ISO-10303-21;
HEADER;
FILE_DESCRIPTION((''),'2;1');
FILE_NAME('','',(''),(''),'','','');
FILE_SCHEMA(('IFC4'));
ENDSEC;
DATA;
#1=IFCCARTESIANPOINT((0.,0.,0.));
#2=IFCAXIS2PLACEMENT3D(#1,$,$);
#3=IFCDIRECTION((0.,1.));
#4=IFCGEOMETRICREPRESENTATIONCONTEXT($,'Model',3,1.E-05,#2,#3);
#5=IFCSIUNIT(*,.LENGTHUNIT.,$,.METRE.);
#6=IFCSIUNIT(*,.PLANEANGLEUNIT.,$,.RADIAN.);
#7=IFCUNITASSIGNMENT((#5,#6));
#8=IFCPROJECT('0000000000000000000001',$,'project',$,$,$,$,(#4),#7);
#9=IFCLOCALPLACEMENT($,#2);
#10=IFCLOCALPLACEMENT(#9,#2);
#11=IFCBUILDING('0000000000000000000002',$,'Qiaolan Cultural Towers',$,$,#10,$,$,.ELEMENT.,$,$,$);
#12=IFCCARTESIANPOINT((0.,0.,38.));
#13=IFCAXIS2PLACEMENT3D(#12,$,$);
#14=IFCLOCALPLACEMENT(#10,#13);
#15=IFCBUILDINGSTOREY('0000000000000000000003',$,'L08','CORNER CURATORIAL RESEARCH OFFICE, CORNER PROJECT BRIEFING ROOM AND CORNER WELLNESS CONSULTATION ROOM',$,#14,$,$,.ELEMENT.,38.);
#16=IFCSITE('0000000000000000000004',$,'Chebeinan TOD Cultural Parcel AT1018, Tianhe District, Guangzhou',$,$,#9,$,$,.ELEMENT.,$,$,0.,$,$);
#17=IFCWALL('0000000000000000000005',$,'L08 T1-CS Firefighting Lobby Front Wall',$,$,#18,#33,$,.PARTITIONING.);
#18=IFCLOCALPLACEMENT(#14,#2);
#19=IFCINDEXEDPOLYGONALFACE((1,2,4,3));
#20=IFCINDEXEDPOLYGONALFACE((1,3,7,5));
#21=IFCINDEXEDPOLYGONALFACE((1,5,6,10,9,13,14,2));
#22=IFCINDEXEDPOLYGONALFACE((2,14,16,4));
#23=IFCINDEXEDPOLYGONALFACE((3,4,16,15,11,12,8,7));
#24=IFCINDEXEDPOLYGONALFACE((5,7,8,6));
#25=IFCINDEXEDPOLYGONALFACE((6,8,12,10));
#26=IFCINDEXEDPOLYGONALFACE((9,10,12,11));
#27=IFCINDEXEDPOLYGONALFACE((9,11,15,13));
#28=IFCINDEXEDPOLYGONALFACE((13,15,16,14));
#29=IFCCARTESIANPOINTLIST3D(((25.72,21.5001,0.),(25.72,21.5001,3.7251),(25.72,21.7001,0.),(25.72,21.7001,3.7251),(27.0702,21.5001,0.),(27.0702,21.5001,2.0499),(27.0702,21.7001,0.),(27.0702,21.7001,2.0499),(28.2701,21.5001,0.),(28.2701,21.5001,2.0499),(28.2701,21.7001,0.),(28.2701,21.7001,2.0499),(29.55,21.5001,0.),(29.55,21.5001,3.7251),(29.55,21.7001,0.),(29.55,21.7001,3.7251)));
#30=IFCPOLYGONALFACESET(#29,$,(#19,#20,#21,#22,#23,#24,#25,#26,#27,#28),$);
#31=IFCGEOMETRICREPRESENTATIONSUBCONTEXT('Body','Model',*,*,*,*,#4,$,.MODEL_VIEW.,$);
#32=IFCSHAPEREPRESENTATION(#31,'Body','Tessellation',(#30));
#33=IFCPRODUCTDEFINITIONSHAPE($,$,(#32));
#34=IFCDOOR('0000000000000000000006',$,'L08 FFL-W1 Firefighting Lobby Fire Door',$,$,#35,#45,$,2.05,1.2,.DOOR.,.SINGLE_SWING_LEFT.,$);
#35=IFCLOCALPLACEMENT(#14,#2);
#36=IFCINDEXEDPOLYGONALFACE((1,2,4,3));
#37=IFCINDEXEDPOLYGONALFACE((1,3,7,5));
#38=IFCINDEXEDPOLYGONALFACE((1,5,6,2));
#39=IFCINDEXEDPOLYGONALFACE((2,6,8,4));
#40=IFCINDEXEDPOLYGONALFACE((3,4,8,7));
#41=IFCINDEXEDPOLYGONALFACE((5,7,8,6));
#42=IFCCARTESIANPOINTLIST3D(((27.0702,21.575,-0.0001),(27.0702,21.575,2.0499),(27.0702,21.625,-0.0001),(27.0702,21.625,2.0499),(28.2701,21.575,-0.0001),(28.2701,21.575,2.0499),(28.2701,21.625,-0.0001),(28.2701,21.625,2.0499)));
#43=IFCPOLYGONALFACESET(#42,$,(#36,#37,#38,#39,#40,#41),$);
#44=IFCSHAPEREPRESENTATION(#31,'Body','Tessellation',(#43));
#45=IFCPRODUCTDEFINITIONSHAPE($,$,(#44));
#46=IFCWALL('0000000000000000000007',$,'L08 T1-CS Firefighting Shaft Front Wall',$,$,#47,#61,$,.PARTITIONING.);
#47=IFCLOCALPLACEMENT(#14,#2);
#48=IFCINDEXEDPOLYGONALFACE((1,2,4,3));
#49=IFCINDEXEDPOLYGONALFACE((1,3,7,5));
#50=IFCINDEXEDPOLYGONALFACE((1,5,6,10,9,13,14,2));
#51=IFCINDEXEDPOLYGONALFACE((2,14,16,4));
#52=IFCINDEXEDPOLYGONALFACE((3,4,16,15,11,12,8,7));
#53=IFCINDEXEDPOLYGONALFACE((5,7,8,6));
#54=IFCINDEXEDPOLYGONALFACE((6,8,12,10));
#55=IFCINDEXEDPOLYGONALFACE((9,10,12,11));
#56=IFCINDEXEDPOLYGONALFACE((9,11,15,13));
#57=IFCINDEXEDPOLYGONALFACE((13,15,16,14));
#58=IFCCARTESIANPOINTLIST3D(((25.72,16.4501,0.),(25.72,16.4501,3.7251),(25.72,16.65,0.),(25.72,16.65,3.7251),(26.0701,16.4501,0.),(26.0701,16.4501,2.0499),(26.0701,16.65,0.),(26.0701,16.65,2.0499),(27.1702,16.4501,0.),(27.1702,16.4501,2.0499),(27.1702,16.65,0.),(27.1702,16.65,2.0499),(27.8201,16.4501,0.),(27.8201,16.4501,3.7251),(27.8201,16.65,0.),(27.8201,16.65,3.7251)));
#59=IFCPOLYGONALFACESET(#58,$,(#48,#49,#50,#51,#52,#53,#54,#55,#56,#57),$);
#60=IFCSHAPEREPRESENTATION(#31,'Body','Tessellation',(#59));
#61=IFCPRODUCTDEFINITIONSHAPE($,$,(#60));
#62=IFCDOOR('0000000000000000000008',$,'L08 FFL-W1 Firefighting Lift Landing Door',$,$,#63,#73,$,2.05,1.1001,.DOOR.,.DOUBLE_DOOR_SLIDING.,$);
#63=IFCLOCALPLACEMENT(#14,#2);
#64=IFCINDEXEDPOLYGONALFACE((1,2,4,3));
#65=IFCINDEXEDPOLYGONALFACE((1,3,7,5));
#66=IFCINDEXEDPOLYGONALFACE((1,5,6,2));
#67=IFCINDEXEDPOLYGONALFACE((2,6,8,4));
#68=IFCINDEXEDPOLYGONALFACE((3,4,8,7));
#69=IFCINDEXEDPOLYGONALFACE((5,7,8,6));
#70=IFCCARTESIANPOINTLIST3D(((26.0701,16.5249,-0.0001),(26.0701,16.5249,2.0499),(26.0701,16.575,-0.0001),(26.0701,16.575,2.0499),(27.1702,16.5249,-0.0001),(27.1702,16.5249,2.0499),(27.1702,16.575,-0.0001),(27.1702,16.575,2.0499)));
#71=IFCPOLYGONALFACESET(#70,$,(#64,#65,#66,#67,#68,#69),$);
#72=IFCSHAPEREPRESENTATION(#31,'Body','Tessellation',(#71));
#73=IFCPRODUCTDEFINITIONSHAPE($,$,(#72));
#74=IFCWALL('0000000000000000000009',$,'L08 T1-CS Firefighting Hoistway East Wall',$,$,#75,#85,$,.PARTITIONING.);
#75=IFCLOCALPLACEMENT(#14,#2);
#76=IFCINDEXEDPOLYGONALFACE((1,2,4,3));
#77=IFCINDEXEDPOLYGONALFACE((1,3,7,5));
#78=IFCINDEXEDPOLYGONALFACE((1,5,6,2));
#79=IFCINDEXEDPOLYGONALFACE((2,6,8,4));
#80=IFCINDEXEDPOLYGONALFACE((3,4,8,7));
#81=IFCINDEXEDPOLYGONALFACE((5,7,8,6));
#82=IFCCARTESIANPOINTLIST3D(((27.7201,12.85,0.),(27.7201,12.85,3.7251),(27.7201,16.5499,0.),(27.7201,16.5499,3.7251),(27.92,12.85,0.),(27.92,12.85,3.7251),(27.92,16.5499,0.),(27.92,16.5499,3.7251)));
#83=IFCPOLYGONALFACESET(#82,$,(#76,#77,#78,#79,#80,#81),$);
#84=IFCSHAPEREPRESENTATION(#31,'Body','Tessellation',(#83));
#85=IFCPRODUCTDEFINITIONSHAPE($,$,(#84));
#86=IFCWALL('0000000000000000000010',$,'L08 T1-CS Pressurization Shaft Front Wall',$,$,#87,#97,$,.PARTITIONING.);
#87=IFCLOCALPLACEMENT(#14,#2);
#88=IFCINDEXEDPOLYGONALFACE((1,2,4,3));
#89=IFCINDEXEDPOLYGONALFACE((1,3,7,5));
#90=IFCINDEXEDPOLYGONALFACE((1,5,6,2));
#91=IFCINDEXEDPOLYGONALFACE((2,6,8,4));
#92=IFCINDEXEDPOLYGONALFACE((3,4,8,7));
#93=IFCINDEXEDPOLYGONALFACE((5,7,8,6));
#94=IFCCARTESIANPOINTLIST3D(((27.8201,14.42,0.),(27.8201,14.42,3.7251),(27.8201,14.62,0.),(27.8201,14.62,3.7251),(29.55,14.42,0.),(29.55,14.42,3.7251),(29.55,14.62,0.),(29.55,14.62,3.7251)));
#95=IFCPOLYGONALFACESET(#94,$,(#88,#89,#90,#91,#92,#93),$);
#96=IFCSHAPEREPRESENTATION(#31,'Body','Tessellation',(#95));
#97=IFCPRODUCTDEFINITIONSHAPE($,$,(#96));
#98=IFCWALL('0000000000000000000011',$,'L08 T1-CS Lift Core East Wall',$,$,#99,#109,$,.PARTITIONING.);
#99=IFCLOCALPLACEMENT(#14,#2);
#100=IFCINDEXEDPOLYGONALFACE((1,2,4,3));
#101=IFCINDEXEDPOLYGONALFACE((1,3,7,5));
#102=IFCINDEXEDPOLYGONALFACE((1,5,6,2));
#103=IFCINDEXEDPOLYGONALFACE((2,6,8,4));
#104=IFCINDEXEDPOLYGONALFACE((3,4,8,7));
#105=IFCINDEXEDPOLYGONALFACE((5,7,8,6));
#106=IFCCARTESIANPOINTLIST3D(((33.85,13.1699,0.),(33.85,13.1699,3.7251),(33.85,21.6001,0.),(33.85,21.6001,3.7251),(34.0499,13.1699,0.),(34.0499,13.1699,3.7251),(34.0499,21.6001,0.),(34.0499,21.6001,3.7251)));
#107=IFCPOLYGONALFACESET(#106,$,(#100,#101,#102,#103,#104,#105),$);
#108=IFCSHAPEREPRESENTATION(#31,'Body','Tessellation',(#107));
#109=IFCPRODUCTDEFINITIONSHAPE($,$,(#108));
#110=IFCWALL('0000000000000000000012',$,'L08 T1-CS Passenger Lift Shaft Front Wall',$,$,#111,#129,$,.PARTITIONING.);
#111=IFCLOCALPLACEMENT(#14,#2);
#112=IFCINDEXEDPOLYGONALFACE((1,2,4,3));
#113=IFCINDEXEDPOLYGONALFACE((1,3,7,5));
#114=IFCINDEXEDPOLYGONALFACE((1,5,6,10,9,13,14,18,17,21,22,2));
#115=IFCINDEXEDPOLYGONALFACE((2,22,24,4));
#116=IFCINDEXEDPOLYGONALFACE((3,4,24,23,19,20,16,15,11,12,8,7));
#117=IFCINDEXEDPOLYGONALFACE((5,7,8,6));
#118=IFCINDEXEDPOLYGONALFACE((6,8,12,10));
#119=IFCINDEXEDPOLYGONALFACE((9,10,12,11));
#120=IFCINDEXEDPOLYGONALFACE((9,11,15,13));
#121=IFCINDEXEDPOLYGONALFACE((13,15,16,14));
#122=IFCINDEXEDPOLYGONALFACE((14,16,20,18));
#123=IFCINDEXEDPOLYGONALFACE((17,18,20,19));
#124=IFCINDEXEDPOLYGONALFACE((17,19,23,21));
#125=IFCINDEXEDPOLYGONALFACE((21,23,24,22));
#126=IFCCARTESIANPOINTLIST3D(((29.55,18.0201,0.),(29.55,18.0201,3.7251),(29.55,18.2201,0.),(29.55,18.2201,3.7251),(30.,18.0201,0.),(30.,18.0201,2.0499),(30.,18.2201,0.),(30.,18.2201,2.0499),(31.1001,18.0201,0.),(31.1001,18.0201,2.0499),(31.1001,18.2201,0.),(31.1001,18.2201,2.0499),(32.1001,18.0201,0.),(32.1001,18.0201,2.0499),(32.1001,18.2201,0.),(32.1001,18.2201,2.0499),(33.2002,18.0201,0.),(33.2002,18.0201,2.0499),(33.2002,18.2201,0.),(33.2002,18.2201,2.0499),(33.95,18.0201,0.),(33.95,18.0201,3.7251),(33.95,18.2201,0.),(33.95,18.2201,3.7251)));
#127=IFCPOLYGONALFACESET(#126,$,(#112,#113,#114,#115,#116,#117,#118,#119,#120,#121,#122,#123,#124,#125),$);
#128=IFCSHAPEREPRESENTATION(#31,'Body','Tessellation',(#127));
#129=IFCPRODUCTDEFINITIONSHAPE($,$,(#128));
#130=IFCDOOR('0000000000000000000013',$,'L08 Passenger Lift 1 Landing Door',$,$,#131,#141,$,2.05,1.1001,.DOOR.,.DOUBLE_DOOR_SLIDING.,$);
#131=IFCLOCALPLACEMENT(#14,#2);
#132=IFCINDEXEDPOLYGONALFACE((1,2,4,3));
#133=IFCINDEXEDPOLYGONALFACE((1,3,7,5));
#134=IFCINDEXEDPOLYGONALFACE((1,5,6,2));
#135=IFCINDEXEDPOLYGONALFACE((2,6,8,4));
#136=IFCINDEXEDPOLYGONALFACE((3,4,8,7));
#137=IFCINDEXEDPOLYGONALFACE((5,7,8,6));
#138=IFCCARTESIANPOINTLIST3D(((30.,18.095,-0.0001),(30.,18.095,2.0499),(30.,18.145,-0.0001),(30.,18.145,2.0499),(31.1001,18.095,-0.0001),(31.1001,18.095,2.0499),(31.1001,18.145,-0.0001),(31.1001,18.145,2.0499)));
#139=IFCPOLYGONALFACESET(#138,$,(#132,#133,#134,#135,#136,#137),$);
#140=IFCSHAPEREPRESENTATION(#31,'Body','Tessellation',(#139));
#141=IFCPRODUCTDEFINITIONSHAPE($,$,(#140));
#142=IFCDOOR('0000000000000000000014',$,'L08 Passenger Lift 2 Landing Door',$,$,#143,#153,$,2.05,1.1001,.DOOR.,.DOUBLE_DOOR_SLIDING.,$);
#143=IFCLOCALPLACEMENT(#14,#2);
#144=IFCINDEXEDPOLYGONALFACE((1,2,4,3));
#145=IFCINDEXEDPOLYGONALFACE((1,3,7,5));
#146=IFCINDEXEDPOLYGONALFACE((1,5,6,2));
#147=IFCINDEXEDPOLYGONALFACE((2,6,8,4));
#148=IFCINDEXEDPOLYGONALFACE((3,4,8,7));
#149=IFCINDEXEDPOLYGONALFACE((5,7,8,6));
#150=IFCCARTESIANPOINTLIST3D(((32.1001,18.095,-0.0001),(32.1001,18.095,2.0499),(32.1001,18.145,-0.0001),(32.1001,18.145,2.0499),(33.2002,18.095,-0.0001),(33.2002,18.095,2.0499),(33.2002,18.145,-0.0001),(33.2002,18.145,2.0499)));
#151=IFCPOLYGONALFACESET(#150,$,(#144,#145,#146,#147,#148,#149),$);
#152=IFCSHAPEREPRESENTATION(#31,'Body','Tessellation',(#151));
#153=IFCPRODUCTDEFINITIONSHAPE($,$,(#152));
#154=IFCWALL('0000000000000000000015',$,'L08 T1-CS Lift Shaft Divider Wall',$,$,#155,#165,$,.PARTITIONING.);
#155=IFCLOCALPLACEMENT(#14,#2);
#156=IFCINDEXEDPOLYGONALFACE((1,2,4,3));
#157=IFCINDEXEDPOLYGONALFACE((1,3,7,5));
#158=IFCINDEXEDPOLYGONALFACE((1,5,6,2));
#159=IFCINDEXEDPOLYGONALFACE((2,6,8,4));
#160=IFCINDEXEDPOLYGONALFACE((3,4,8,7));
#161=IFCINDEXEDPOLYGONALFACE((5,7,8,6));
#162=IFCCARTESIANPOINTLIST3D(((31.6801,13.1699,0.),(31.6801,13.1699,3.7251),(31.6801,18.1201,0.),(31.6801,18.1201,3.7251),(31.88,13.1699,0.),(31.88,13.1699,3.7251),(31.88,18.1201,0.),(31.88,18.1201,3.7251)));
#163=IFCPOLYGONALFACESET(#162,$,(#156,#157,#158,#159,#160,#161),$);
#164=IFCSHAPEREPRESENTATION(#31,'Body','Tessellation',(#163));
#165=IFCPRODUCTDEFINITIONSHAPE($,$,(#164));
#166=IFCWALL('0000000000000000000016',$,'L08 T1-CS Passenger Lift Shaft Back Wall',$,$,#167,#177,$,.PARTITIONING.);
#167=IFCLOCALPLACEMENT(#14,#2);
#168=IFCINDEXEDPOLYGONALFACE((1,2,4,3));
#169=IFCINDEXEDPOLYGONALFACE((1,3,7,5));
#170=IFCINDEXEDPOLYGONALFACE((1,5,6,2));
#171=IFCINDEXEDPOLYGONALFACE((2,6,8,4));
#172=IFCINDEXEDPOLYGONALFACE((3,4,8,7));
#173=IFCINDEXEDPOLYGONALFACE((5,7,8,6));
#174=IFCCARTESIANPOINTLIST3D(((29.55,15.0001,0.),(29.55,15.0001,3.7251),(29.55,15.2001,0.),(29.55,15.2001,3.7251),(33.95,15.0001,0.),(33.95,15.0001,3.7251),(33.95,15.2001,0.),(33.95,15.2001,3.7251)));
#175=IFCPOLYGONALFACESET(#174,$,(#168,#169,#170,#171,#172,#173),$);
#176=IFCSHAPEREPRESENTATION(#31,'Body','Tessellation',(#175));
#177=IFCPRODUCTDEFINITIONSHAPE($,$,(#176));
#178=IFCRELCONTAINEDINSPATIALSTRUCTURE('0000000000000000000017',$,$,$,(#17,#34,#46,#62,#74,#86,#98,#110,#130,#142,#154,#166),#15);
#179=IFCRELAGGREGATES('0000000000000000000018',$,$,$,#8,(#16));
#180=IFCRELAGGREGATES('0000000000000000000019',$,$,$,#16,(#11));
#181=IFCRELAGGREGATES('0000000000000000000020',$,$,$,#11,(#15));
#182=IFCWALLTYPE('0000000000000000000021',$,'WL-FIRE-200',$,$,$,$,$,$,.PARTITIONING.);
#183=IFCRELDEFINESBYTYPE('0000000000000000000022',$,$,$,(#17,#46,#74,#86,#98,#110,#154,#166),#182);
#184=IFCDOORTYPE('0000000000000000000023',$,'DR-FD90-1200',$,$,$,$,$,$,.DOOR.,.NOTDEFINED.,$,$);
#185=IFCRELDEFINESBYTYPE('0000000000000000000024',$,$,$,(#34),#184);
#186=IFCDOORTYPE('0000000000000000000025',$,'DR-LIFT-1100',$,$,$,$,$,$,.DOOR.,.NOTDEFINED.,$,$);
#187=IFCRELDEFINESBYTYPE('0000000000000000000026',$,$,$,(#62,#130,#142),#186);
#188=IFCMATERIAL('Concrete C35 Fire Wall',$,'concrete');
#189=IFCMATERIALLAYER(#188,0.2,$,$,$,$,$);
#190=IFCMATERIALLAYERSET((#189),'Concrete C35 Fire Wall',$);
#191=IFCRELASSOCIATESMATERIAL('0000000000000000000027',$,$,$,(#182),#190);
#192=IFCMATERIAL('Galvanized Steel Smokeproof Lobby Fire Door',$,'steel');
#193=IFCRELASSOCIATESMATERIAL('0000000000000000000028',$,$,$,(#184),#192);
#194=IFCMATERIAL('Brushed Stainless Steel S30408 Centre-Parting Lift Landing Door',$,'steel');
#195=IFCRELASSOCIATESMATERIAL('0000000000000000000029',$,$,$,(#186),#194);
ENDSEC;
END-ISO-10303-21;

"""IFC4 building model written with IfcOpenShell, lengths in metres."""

from ifc_helpers import new_model, si_unit, direction, frame, frame_2d, origin, place, context, subcontext, project, spatial, rectangle, extrude, material, layer, layer_set, type_object, element, fill, save


model = new_model("IFC4")

# Units and contexts
model_context = context("Model", 3, precision=1e-05, world=origin(), true_north=direction((0.0, 1.0)))
body_context = subcontext(model_context, "Body", "Model", "MODEL_VIEW")
ifc_project = project(units=[si_unit("LENGTHUNIT", "METRE"), si_unit("PLANEANGLEUNIT", "RADIAN")], contexts=[model_context])

# Site, building, storey
site_placement = place(None, origin())
site = spatial("IfcSite", under=ifc_project, at=site_placement, Name="Chebeinan TOD Cultural Parcel AT1018, Tianhe District, Guangzhou", CompositionType="ELEMENT", RefElevation=0.0)
building_placement = place(site_placement, origin())
building = spatial("IfcBuilding", under=site, at=building_placement, Name="Qiaolan Cultural Towers", CompositionType="ELEMENT")
storey_placement = place(building_placement, frame((0.0, 0.0, 38.0)))
storey = spatial("IfcBuildingStorey", under=building, at=storey_placement, Name="L08", Description="CORNER CURATORIAL RESEARCH OFFICE, CORNER PROJECT BRIEFING ROOM AND CORNER WELLNESS CONSULTATION ROOM", CompositionType="ELEMENT", Elevation=38.0)

# Shared definitions
ifc_material_1 = material(Name="Concrete C35 Fire Wall", Category="concrete")
ifc_layer_1 = layer(ifc_material_1, 0.2)
ifc_layer_set_1 = layer_set([ifc_layer_1], Name="Concrete C35 Fire Wall")
wall_type_1 = type_object("IfcWallType", Name="WL-FIRE-200", PredefinedType="PARTITIONING", material=ifc_layer_set_1)

# Walls, openings, doors
wall_1_placement = place(storey_placement, frame((25.72, 21.6001, 0.0), z_axis=(0.0, 0.0, 1.0), x_axis=(1.0, 0.0, 0.0)))
wall_1 = element("IfcWall", 1, at=wall_1_placement, inside=storey, type_object=wall_type_1, Name="L08 T1-CS Firefighting Lobby Front Wall", PredefinedType="PARTITIONING", context=body_context, shape_type="SweptSolid", body=[
    extrude(rectangle(XDim=3.8301, YDim=0.2, at=frame_2d((1.915, 0.0))), origin(), (0.0, 0.0, 1.0), 3.7251),
])
opening_1_placement = place(wall_1_placement, frame((1.3501, 0.0, 0.0)))
opening_1 = element("IfcOpeningElement", 2, at=opening_1_placement, cuts=wall_1, PredefinedType="OPENING", context=body_context, shape_type="SweptSolid", body=[
    extrude(rectangle(XDim=1.2, YDim=2.05, at=frame_2d((0.6001, 1.0249))), frame((0.0, 0.1099, 0.0), z_axis=(0.0, -1.0, 0.0), x_axis=(1.0, 0.0, 0.0)), (0.0, 0.0, 1.0), 0.22),
])
ifc_material_2 = material(Name="Galvanized Steel Smokeproof Lobby Fire Door", Category="steel")
door_type_1 = type_object("IfcDoorType", Name="DR-FD90-1200", OperationType="NOTDEFINED", PredefinedType="DOOR", material=ifc_material_2)
door_1_placement = place(opening_1_placement, origin())
door_1 = element("IfcDoor", 3, at=door_1_placement, inside=storey, type_object=door_type_1, Name="L08 FFL-W1 Firefighting Lobby Fire Door", OperationType="SINGLE_SWING_LEFT", OverallHeight=2.05, OverallWidth=1.2, PredefinedType="DOOR", context=body_context, shape_type="SweptSolid", body=[
    extrude(rectangle(XDim=1.2, YDim=2.05, at=frame_2d((0.6001, 1.0249))), frame((0.0, 0.0249, 0.0), z_axis=(0.0, -1.0, 0.0), x_axis=(1.0, 0.0, 0.0)), (0.0, 0.0, 1.0), 0.05),
])
fill(opening_1, door_1)
wall_2_placement = place(storey_placement, frame((25.72, 16.55, 0.0), z_axis=(0.0, 0.0, 1.0), x_axis=(1.0, 0.0, 0.0)))
wall_2 = element("IfcWall", 4, at=wall_2_placement, inside=storey, type_object=wall_type_1, Name="L08 T1-CS Firefighting Shaft Front Wall", PredefinedType="PARTITIONING", context=body_context, shape_type="SweptSolid", body=[
    extrude(rectangle(XDim=2.1001, YDim=0.2, at=frame_2d((1.05, 0.0))), origin(), (0.0, 0.0, 1.0), 3.7251),
])
opening_2_placement = place(wall_2_placement, frame((0.3501, 0.0, 0.0)))
opening_2 = element("IfcOpeningElement", 5, at=opening_2_placement, cuts=wall_2, PredefinedType="OPENING", context=body_context, shape_type="SweptSolid", body=[
    extrude(rectangle(XDim=1.1001, YDim=2.05, at=frame_2d((0.55, 1.0249))), frame((0.0, 0.1099, 0.0), z_axis=(0.0, -1.0, 0.0), x_axis=(1.0, 0.0, 0.0)), (0.0, 0.0, 1.0), 0.22),
])
ifc_material_3 = material(Name="Brushed Stainless Steel S30408 Centre-Parting Lift Landing Door", Category="steel")
door_type_2 = type_object("IfcDoorType", Name="DR-LIFT-1100", OperationType="NOTDEFINED", PredefinedType="DOOR", material=ifc_material_3)
door_2_placement = place(opening_2_placement, origin())
door_2 = element("IfcDoor", 6, at=door_2_placement, inside=storey, type_object=door_type_2, Name="L08 FFL-W1 Firefighting Lift Landing Door", OperationType="DOUBLE_DOOR_SLIDING", OverallHeight=2.05, OverallWidth=1.1001, PredefinedType="DOOR", context=body_context, shape_type="SweptSolid", body=[
    extrude(rectangle(XDim=1.1001, YDim=2.05, at=frame_2d((0.55, 1.0249))), frame((0.0, 0.0249, 0.0), z_axis=(0.0, -1.0, 0.0), x_axis=(1.0, 0.0, 0.0)), (0.0, 0.0, 1.0), 0.05),
])
fill(opening_2, door_2)

# Walls
wall_3_placement = place(storey_placement, frame((27.8201, 16.55, 0.0), z_axis=(0.0, 0.0, 1.0), x_axis=(0.0, -1.0, 0.0)))
element("IfcWall", 7, at=wall_3_placement, inside=storey, type_object=wall_type_1, Name="L08 T1-CS Firefighting Hoistway East Wall", PredefinedType="PARTITIONING", context=body_context, shape_type="SweptSolid", body=[
    extrude(rectangle(XDim=3.7, YDim=0.2, at=frame_2d((1.8501, 0.0))), origin(), (0.0, 0.0, 1.0), 3.7251),
])
wall_4_placement = place(storey_placement, frame((27.8201, 14.52, 0.0), z_axis=(0.0, 0.0, 1.0), x_axis=(1.0, 0.0, 0.0)))
element("IfcWall", 8, at=wall_4_placement, inside=storey, type_object=wall_type_1, Name="L08 T1-CS Pressurization Shaft Front Wall", PredefinedType="PARTITIONING", context=body_context, shape_type="SweptSolid", body=[
    extrude(rectangle(XDim=1.73, YDim=0.2, at=frame_2d((0.865, 0.0))), origin(), (0.0, 0.0, 1.0), 3.7251),
])
wall_5_placement = place(storey_placement, frame((33.95, 21.6001, 0.0), z_axis=(0.0, 0.0, 1.0), x_axis=(0.0, -1.0, 0.0)))
element("IfcWall", 9, at=wall_5_placement, inside=storey, type_object=wall_type_1, Name="L08 T1-CS Lift Core East Wall", PredefinedType="PARTITIONING", context=body_context, shape_type="SweptSolid", body=[
    extrude(rectangle(XDim=8.4302, YDim=0.2, at=frame_2d((4.2151, 0.0))), origin(), (0.0, 0.0, 1.0), 3.7251),
])

# Wall, openings, doors
wall_6_placement = place(storey_placement, frame((29.55, 18.1201, 0.0), z_axis=(0.0, 0.0, 1.0), x_axis=(1.0, 0.0, 0.0)))
wall_6 = element("IfcWall", 10, at=wall_6_placement, inside=storey, type_object=wall_type_1, Name="L08 T1-CS Passenger Lift Shaft Front Wall", PredefinedType="PARTITIONING", context=body_context, shape_type="SweptSolid", body=[
    extrude(rectangle(XDim=4.3999, YDim=0.2, at=frame_2d((2.2, 0.0))), origin(), (0.0, 0.0, 1.0), 3.7251),
])
opening_3_placement = place(wall_6_placement, frame((0.45, 0.0, 0.0)))
opening_3 = element("IfcOpeningElement", 11, at=opening_3_placement, cuts=wall_6, PredefinedType="OPENING", context=body_context, shape_type="SweptSolid", body=[
    extrude(rectangle(XDim=1.1001, YDim=2.05, at=frame_2d((0.55, 1.0249))), frame((0.0, 0.1099, 0.0), z_axis=(0.0, -1.0, 0.0), x_axis=(1.0, 0.0, 0.0)), (0.0, 0.0, 1.0), 0.22),
])
opening_4_placement = place(wall_6_placement, frame((2.55, 0.0, 0.0)))
opening_4 = element("IfcOpeningElement", 12, at=opening_4_placement, cuts=wall_6, PredefinedType="OPENING", context=body_context, shape_type="SweptSolid", body=[
    extrude(rectangle(XDim=1.1001, YDim=2.05, at=frame_2d((0.55, 1.0249))), frame((0.0, 0.1099, 0.0), z_axis=(0.0, -1.0, 0.0), x_axis=(1.0, 0.0, 0.0)), (0.0, 0.0, 1.0), 0.22),
])
door_3_placement = place(opening_3_placement, origin())
door_3 = element("IfcDoor", 13, at=door_3_placement, inside=storey, type_object=door_type_2, Name="L08 Passenger Lift 1 Landing Door", OperationType="DOUBLE_DOOR_SLIDING", OverallHeight=2.05, OverallWidth=1.1001, PredefinedType="DOOR", context=body_context, shape_type="SweptSolid", body=[
    extrude(rectangle(XDim=1.1001, YDim=2.05, at=frame_2d((0.55, 1.0249))), frame((0.0, 0.0249, 0.0), z_axis=(0.0, -1.0, 0.0), x_axis=(1.0, 0.0, 0.0)), (0.0, 0.0, 1.0), 0.05),
])
fill(opening_3, door_3)
door_4_placement = place(opening_4_placement, origin())
door_4 = element("IfcDoor", 14, at=door_4_placement, inside=storey, type_object=door_type_2, Name="L08 Passenger Lift 2 Landing Door", OperationType="DOUBLE_DOOR_SLIDING", OverallHeight=2.05, OverallWidth=1.1001, PredefinedType="DOOR", context=body_context, shape_type="SweptSolid", body=[
    extrude(rectangle(XDim=1.1001, YDim=2.05, at=frame_2d((0.55, 1.0249))), frame((0.0, 0.0249, 0.0), z_axis=(0.0, -1.0, 0.0), x_axis=(1.0, 0.0, 0.0)), (0.0, 0.0, 1.0), 0.05),
])
fill(opening_4, door_4)

# Walls
wall_7_placement = place(storey_placement, frame((31.78, 18.1201, 0.0), z_axis=(0.0, 0.0, 1.0), x_axis=(0.0, -1.0, 0.0)))
element("IfcWall", 15, at=wall_7_placement, inside=storey, type_object=wall_type_1, Name="L08 T1-CS Lift Shaft Divider Wall", PredefinedType="PARTITIONING", context=body_context, shape_type="SweptSolid", body=[
    extrude(rectangle(XDim=4.9502, YDim=0.2, at=frame_2d((2.4751, 0.0))), origin(), (0.0, 0.0, 1.0), 3.7251),
])
wall_8_placement = place(storey_placement, frame((29.55, 15.1001, 0.0), z_axis=(0.0, 0.0, 1.0), x_axis=(1.0, 0.0, 0.0)))
element("IfcWall", 16, at=wall_8_placement, inside=storey, type_object=wall_type_1, Name="L08 T1-CS Passenger Lift Shaft Back Wall", PredefinedType="PARTITIONING", context=body_context, shape_type="SweptSolid", body=[
    extrude(rectangle(XDim=4.3999, YDim=0.2, at=frame_2d((2.2, 0.0))), origin(), (0.0, 0.0, 1.0), 3.7251),
])

save(model, "model.ifc")
